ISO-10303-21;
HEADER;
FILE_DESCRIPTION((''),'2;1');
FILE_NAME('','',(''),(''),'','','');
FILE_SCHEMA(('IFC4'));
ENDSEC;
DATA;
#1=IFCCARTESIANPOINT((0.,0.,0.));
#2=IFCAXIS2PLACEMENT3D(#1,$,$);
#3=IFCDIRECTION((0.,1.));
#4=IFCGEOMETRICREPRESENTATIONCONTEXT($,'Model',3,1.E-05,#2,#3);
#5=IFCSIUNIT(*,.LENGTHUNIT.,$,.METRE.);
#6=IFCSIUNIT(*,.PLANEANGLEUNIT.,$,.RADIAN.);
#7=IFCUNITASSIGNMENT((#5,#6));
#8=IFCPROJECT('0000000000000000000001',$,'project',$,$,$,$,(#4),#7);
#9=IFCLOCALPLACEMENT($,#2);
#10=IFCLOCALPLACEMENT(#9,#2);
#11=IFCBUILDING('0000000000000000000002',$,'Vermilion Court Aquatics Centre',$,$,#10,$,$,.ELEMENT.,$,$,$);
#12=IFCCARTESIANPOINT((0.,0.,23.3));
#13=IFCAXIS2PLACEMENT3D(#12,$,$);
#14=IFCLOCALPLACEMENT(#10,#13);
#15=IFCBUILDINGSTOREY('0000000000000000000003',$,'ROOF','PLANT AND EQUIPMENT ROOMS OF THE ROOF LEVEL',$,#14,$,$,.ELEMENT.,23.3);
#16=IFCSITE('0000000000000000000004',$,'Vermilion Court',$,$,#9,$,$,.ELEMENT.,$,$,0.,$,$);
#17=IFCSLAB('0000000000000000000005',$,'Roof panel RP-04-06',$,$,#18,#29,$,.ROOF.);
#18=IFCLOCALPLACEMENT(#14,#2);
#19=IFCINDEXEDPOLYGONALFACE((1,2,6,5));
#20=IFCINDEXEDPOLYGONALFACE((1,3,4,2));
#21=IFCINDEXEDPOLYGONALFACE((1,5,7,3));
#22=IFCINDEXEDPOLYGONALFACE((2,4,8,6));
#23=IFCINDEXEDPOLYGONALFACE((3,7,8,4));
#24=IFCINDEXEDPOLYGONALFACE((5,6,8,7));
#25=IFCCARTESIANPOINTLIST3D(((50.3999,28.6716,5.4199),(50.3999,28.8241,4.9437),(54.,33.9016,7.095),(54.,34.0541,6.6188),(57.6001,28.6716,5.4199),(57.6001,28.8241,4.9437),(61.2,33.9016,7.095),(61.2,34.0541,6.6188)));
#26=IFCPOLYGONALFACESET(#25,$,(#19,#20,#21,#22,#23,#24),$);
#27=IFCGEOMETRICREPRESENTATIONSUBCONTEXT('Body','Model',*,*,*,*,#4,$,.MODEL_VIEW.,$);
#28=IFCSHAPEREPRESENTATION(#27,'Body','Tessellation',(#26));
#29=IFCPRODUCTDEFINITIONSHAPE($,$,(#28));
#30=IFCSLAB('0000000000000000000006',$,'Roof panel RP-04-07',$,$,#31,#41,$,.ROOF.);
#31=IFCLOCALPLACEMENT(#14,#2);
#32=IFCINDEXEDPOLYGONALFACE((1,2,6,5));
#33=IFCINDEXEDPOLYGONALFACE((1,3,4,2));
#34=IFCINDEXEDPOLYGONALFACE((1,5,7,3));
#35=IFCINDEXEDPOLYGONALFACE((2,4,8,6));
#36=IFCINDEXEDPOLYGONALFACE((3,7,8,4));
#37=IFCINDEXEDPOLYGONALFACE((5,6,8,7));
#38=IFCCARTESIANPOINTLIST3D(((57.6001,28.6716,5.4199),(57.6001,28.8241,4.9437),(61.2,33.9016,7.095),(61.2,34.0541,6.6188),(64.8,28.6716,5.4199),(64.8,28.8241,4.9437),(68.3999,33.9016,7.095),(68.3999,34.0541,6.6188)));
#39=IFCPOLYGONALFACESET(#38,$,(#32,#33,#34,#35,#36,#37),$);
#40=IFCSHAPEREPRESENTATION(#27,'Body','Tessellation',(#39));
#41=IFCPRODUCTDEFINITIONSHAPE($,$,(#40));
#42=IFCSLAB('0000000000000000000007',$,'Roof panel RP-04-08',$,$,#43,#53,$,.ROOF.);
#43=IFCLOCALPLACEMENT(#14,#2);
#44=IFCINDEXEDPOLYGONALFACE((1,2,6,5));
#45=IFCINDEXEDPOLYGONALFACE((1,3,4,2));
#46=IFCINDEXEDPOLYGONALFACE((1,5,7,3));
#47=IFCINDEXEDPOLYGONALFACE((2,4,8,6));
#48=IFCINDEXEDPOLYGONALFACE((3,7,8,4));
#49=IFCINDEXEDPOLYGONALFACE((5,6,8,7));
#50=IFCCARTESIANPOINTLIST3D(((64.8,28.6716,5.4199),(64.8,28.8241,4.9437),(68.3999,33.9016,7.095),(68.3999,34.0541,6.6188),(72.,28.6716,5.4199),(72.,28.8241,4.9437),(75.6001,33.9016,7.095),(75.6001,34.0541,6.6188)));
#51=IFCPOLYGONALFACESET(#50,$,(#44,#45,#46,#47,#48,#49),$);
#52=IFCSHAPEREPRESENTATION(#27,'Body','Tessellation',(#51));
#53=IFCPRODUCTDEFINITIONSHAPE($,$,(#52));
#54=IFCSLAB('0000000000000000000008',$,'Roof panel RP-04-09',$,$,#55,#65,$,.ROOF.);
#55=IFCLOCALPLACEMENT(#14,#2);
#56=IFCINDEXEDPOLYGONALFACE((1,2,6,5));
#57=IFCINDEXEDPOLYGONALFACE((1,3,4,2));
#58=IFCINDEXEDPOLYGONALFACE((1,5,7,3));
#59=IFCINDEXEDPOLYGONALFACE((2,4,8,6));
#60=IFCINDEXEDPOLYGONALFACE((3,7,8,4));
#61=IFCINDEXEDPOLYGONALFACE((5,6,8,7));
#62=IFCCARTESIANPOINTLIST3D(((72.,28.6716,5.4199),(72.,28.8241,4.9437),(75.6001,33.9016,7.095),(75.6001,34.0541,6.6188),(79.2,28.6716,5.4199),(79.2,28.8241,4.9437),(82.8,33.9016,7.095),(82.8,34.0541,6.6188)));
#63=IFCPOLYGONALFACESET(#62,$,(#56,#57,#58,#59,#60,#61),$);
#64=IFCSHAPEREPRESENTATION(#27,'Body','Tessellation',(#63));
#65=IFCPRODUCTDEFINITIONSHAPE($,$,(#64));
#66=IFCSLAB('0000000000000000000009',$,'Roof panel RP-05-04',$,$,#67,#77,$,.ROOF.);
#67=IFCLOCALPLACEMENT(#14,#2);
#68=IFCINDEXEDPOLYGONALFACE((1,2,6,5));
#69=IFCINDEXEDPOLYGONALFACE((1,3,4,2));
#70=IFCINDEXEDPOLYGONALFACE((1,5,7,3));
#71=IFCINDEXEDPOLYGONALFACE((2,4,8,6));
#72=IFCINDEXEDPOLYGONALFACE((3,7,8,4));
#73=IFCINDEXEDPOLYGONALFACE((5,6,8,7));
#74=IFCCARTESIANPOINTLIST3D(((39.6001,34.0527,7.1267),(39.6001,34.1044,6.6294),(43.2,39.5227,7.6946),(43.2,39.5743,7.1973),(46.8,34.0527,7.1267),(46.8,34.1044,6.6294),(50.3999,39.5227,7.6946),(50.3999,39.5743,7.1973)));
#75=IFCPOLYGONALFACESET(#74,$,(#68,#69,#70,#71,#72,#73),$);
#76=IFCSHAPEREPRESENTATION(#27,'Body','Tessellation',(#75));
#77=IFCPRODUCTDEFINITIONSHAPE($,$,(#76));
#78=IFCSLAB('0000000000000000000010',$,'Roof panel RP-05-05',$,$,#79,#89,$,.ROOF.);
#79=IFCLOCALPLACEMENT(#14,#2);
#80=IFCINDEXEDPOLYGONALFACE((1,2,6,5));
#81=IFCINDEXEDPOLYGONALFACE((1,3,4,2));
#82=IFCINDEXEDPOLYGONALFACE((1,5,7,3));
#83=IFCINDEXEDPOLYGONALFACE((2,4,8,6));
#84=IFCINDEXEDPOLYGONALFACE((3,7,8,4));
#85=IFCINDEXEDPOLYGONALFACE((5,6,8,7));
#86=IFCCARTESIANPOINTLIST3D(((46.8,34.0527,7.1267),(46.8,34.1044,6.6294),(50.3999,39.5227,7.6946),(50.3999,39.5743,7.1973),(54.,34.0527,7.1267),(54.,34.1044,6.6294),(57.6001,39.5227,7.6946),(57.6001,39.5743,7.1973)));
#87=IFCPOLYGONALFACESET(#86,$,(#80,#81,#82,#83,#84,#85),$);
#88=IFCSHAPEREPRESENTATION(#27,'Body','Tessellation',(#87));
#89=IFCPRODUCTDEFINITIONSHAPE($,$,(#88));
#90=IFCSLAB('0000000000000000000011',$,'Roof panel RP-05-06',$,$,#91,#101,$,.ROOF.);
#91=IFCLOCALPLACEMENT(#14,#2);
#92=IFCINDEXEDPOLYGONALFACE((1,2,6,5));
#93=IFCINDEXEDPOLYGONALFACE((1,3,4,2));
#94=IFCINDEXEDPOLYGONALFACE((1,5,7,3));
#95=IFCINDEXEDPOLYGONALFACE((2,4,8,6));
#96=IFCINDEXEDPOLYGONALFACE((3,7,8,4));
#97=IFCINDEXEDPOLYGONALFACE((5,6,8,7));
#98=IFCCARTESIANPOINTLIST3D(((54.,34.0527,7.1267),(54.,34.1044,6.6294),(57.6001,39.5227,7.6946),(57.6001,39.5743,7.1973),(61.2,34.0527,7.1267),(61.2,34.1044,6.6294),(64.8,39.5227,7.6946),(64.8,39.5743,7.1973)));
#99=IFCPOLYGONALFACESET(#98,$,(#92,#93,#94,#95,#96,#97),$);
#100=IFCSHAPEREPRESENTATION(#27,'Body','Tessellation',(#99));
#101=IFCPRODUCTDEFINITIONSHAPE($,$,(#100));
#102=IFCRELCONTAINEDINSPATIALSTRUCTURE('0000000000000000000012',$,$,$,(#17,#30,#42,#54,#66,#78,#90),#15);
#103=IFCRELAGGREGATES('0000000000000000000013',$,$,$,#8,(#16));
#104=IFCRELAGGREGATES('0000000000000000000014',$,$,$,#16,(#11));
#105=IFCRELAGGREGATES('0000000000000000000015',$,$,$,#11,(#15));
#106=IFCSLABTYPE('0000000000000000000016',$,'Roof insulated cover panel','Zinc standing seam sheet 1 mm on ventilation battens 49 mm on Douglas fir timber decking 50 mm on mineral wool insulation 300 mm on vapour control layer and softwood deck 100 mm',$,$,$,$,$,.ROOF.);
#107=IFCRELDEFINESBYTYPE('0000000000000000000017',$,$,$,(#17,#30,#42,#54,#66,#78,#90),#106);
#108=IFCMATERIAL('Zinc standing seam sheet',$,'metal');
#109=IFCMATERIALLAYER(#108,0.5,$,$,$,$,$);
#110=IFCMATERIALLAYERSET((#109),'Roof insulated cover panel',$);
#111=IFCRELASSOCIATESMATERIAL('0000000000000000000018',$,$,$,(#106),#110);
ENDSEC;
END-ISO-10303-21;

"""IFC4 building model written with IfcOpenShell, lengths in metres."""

from ifc_helpers import new_model, si_unit, direction, frame, origin, place, context, subcontext, project, spatial, polyline, outline, extrude, material, layer, layer_set, type_object, element, save


model = new_model("IFC4")

# Units and contexts
model_context = context("Model", 3, precision=1e-05, world=origin(), true_north=direction((0.0, 1.0)))
body_context = subcontext(model_context, "Body", "Model", "MODEL_VIEW")
ifc_project = project(units=[si_unit("LENGTHUNIT", "METRE"), si_unit("PLANEANGLEUNIT", "RADIAN")], contexts=[model_context])

# Site, building, storey
site_placement = place(None, origin())
site = spatial("IfcSite", under=ifc_project, at=site_placement, Name="Vermilion Court", CompositionType="ELEMENT", RefElevation=0.0)
building_placement = place(site_placement, origin())
building = spatial("IfcBuilding", under=site, at=building_placement, Name="Vermilion Court Aquatics Centre", CompositionType="ELEMENT")
storey_placement = place(building_placement, frame((0.0, 0.0, 23.3)))
storey = spatial("IfcBuildingStorey", under=building, at=storey_placement, Name="ROOF", Description="PLANT AND EQUIPMENT ROOMS OF THE ROOF LEVEL", CompositionType="ELEMENT", Elevation=23.3)

# Slabs
ifc_material_1 = material(Name="Zinc standing seam sheet", Category="metal")
ifc_layer_1 = layer(ifc_material_1, 0.5)
ifc_layer_set_1 = layer_set([ifc_layer_1], Name="Roof insulated cover panel")
slab_type_1 = type_object("IfcSlabType", Name="Roof insulated cover panel", Description="Zinc standing seam sheet 1 mm on ventilation battens 49 mm on Douglas fir timber decking 50 mm on mineral wool insulation 300 mm on vapour control layer and softwood deck 100 mm", PredefinedType="ROOF", material=ifc_layer_set_1)
slab_1_placement = place(storey_placement, frame((50.3999, 28.6716, 5.4199), z_axis=(0.0, -0.305016, 0.952347), x_axis=(1.0, 0.0, 0.0)))
element("IfcSlab", 1, at=slab_1_placement, inside=storey, type_object=slab_type_1, Name="Roof panel RP-04-06", PredefinedType="ROOF", context=body_context, shape_type="SweptSolid", body=[
    extrude(outline(polyline([(0.0, 0.0), (7.2002, 0.0), (10.8, 5.4917), (3.6001, 5.4917), (0.0, 0.0)])), origin(), (0.0, 0.0, -1.0), 0.5),
])
slab_2_placement = place(storey_placement, frame((57.6001, 28.6716, 5.4199), z_axis=(0.0, -0.305016, 0.952347), x_axis=(1.0, 0.0, 0.0)))
element("IfcSlab", 2, at=slab_2_placement, inside=storey, type_object=slab_type_1, Name="Roof panel RP-04-07", PredefinedType="ROOF", context=body_context, shape_type="SweptSolid", body=[
    extrude(outline(polyline([(0.0, 0.0), (7.2, 0.0), (10.7998, 5.4917), (3.5999, 5.4917), (0.0, 0.0)])), origin(), (0.0, 0.0, -1.0), 0.5),
])
slab_3_placement = place(storey_placement, frame((64.8, 28.6716, 5.4199), z_axis=(0.0, -0.305016, 0.952347), x_axis=(1.0, 0.0, 0.0)))
element("IfcSlab", 3, at=slab_3_placement, inside=storey, type_object=slab_type_1, Name="Roof panel RP-04-08", PredefinedType="ROOF", context=body_context, shape_type="SweptSolid", body=[
    extrude(outline(polyline([(0.0, 0.0), (7.2, 0.0), (10.8, 5.4917), (3.5999, 5.4917), (0.0, 0.0)])), origin(), (0.0, 0.0, -1.0), 0.5),
])
slab_4_placement = place(storey_placement, frame((72.0, 28.6716, 5.4199), z_axis=(0.0, -0.305016, 0.952347), x_axis=(1.0, 0.0, 0.0)))
element("IfcSlab", 4, at=slab_4_placement, inside=storey, type_object=slab_type_1, Name="Roof panel RP-04-09", PredefinedType="ROOF", context=body_context, shape_type="SweptSolid", body=[
    extrude(outline(polyline([(0.0, 0.0), (7.2, 0.0), (10.8, 5.4917), (3.6001, 5.4917), (0.0, 0.0)])), origin(), (0.0, 0.0, -1.0), 0.5),
])
slab_5_placement = place(storey_placement, frame((39.6001, 34.0527, 7.1267), z_axis=(0.0, -0.103261, 0.994654), x_axis=(1.0, 0.0, 0.0)))
element("IfcSlab", 5, at=slab_5_placement, inside=storey, type_object=slab_type_1, Name="Roof panel RP-05-04", PredefinedType="ROOF", context=body_context, shape_type="SweptSolid", body=[
    extrude(outline(polyline([(0.0, 0.0), (7.2, 0.0), (10.7998, 5.4994), (3.5999, 5.4994), (0.0, 0.0)])), origin(), (0.0, 0.0, -1.0), 0.5),
])
slab_6_placement = place(storey_placement, frame((46.8, 34.0527, 7.1267), z_axis=(0.0, -0.103261, 0.994654), x_axis=(1.0, 0.0, 0.0)))
element("IfcSlab", 6, at=slab_6_placement, inside=storey, type_object=slab_type_1, Name="Roof panel RP-05-05", PredefinedType="ROOF", context=body_context, shape_type="SweptSolid", body=[
    extrude(outline(polyline([(0.0, 0.0), (7.2, 0.0), (10.8, 5.4994), (3.5999, 5.4994), (0.0, 0.0)])), origin(), (0.0, 0.0, -1.0), 0.5),
])
slab_7_placement = place(storey_placement, frame((54.0, 34.0527, 7.1267), z_axis=(0.0, -0.103261, 0.994654), x_axis=(1.0, 0.0, 0.0)))
element("IfcSlab", 7, at=slab_7_placement, inside=storey, type_object=slab_type_1, Name="Roof panel RP-05-06", PredefinedType="ROOF", context=body_context, shape_type="SweptSolid", body=[
    extrude(outline(polyline([(0.0, 0.0), (7.2, 0.0), (10.8, 5.4994), (3.6001, 5.4994), (0.0, 0.0)])), origin(), (0.0, 0.0, -1.0), 0.5),
])

save(model, "model.ifc")
